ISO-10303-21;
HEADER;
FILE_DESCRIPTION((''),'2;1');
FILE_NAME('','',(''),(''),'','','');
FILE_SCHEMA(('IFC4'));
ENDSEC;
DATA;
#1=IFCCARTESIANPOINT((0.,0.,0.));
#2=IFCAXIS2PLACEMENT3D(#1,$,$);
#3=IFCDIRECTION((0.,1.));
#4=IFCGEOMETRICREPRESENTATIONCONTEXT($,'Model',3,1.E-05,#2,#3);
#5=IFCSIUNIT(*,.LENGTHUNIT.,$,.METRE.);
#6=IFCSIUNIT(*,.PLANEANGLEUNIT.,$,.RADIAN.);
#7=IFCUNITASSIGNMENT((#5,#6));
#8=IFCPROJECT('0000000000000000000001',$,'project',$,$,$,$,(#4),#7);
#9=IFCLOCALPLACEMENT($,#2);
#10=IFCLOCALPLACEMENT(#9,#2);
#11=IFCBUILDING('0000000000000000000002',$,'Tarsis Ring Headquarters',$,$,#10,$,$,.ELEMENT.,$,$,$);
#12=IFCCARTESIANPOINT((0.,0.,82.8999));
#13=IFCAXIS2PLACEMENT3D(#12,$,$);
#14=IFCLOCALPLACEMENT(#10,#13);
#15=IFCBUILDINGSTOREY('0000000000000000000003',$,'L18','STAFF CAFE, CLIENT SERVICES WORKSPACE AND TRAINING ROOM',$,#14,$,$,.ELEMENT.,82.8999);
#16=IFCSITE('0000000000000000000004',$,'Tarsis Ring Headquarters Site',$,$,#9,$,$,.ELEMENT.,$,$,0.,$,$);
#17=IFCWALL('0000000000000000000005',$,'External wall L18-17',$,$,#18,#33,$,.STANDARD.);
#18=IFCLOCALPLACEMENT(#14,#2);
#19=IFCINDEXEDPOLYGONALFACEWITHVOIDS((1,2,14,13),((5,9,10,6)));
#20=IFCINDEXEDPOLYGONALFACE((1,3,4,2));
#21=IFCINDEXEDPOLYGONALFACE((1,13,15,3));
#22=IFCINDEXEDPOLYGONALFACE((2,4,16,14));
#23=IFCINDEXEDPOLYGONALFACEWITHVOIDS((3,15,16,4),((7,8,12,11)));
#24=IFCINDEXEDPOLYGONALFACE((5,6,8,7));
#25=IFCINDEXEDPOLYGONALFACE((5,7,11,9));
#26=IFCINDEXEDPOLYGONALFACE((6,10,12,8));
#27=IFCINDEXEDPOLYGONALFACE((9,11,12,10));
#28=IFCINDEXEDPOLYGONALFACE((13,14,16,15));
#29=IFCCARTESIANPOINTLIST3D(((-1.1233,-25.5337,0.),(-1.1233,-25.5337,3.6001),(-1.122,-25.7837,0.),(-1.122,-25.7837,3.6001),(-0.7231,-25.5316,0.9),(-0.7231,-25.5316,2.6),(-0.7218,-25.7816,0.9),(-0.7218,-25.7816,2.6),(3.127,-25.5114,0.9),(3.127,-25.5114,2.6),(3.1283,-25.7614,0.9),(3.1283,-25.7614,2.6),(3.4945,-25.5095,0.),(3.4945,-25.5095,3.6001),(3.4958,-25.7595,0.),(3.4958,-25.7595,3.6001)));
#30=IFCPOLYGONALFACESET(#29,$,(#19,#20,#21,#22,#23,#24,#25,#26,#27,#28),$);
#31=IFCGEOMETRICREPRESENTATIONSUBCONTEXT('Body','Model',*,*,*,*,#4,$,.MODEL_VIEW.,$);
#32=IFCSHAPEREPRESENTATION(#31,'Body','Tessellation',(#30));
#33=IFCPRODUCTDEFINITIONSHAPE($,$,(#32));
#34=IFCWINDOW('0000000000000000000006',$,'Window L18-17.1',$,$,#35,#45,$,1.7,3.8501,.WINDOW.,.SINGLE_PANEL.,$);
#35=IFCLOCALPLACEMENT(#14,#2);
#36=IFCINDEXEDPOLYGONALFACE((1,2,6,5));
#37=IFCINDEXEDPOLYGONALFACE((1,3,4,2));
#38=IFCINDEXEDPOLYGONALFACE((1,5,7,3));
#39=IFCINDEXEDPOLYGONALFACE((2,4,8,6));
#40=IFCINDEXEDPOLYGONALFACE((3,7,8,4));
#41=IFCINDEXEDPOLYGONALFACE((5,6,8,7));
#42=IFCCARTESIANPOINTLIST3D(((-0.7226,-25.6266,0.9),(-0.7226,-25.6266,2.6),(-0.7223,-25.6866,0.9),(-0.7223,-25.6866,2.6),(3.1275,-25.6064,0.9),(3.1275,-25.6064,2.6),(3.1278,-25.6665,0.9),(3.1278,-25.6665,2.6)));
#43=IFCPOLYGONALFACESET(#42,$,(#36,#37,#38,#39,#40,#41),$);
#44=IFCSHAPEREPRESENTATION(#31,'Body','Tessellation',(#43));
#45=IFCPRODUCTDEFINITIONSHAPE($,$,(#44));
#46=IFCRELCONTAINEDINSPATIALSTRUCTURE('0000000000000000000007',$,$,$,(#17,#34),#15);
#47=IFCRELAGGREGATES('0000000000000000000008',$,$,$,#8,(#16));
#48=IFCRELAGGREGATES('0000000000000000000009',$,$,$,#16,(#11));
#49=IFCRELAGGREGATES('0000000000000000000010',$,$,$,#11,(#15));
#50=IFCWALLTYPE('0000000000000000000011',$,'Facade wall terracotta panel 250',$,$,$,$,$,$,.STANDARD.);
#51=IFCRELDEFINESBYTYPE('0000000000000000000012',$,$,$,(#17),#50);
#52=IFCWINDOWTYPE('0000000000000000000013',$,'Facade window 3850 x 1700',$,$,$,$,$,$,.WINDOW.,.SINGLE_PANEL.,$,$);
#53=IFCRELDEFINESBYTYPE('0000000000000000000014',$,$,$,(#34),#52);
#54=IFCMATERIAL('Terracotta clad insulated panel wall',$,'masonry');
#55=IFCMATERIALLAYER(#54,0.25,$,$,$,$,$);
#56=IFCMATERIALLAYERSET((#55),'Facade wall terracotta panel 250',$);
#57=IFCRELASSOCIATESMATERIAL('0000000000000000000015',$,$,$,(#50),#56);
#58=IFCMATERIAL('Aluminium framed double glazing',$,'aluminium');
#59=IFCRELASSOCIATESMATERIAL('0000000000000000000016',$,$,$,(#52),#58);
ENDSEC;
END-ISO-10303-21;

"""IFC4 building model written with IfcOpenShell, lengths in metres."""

from ifc_helpers import new_model, si_unit, direction, frame, frame_2d, origin, place, context, subcontext, project, spatial, rectangle, extrude, material, layer, layer_set, type_object, element, fill, save


model = new_model("IFC4")

# Units and contexts
model_context = context("Model", 3, precision=1e-05, world=origin(), true_north=direction((0.0, 1.0)))
body_context = subcontext(model_context, "Body", "Model", "MODEL_VIEW")
ifc_project = project(units=[si_unit("LENGTHUNIT", "METRE"), si_unit("PLANEANGLEUNIT", "RADIAN")], contexts=[model_context])

# Site, building, storey
site_placement = place(None, origin())
site = spatial("IfcSite", under=ifc_project, at=site_placement, Name="Tarsis Ring Headquarters Site", CompositionType="ELEMENT", RefElevation=0.0)
building_placement = place(site_placement, origin())
building = spatial("IfcBuilding", under=site, at=building_placement, Name="Tarsis Ring Headquarters", CompositionType="ELEMENT")
storey_placement = place(building_placement, frame((0.0, 0.0, 82.8999)))
storey = spatial("IfcBuildingStorey", under=building, at=storey_placement, Name="L18", Description="STAFF CAFE, CLIENT SERVICES WORKSPACE AND TRAINING ROOM", CompositionType="ELEMENT", Elevation=82.8999)

# Shared definitions
ifc_material_1 = material(Name="Terracotta clad insulated panel wall", Category="masonry")
ifc_layer_1 = layer(ifc_material_1, 0.25)
ifc_layer_set_1 = layer_set([ifc_layer_1], Name="Facade wall terracotta panel 250")
wall_type_1 = type_object("IfcWallType", Name="Facade wall terracotta panel 250", PredefinedType="STANDARD", material=ifc_layer_set_1)
ifc_material_2 = material(Name="Aluminium framed double glazing", Category="aluminium")

# Wall, opening, window
wall_1_placement = place(storey_placement, frame((-1.1228, -25.6587, 0.0), z_axis=(0.0, 0.0, 1.0), x_axis=(0.999986, 0.005234, 0.0)))
wall_1 = element("IfcWall", 1, at=wall_1_placement, inside=storey, type_object=wall_type_1, Name="External wall L18-17", PredefinedType="STANDARD", context=body_context, shape_type="SweptSolid", body=[
    extrude(rectangle(XDim=4.6179, YDim=0.25, at=frame_2d((2.3091, 0.0))), origin(), (0.0, 0.0, 1.0), 3.6001),
])
opening_1_placement = place(wall_1_placement, frame((0.4004, 0.0, 0.8999)))
opening_1 = element("IfcOpeningElement", 2, at=opening_1_placement, cuts=wall_1, PredefinedType="OPENING", context=body_context, shape_type="SweptSolid", body=[
    extrude(rectangle(XDim=3.8501, YDim=1.7, at=frame_2d((1.925, 0.8501))), frame((0.0, 0.135, 0.0), z_axis=(0.0, -1.0, 0.0), x_axis=(1.0, 0.0, 0.0)), (0.0, 0.0, 1.0), 0.27),
])
window_type_1 = type_object("IfcWindowType", Name="Facade window 3850 x 1700", PartitioningType="SINGLE_PANEL", PredefinedType="WINDOW", material=ifc_material_2)
window_1_placement = place(opening_1_placement, origin())
window_1 = element("IfcWindow", 3, at=window_1_placement, inside=storey, type_object=window_type_1, Name="Window L18-17.1", OverallHeight=1.7, OverallWidth=3.8501, PartitioningType="SINGLE_PANEL", PredefinedType="WINDOW", context=body_context, shape_type="SweptSolid", body=[
    extrude(rectangle(XDim=3.8501, YDim=1.7, at=frame_2d((1.925, 0.8501))), frame((0.0, 0.03, 0.0), z_axis=(0.0, -1.0, 0.0), x_axis=(1.0, 0.0, 0.0)), (0.0, 0.0, 1.0), 0.0601),
])
fill(opening_1, window_1)

save(model, "model.ifc")
